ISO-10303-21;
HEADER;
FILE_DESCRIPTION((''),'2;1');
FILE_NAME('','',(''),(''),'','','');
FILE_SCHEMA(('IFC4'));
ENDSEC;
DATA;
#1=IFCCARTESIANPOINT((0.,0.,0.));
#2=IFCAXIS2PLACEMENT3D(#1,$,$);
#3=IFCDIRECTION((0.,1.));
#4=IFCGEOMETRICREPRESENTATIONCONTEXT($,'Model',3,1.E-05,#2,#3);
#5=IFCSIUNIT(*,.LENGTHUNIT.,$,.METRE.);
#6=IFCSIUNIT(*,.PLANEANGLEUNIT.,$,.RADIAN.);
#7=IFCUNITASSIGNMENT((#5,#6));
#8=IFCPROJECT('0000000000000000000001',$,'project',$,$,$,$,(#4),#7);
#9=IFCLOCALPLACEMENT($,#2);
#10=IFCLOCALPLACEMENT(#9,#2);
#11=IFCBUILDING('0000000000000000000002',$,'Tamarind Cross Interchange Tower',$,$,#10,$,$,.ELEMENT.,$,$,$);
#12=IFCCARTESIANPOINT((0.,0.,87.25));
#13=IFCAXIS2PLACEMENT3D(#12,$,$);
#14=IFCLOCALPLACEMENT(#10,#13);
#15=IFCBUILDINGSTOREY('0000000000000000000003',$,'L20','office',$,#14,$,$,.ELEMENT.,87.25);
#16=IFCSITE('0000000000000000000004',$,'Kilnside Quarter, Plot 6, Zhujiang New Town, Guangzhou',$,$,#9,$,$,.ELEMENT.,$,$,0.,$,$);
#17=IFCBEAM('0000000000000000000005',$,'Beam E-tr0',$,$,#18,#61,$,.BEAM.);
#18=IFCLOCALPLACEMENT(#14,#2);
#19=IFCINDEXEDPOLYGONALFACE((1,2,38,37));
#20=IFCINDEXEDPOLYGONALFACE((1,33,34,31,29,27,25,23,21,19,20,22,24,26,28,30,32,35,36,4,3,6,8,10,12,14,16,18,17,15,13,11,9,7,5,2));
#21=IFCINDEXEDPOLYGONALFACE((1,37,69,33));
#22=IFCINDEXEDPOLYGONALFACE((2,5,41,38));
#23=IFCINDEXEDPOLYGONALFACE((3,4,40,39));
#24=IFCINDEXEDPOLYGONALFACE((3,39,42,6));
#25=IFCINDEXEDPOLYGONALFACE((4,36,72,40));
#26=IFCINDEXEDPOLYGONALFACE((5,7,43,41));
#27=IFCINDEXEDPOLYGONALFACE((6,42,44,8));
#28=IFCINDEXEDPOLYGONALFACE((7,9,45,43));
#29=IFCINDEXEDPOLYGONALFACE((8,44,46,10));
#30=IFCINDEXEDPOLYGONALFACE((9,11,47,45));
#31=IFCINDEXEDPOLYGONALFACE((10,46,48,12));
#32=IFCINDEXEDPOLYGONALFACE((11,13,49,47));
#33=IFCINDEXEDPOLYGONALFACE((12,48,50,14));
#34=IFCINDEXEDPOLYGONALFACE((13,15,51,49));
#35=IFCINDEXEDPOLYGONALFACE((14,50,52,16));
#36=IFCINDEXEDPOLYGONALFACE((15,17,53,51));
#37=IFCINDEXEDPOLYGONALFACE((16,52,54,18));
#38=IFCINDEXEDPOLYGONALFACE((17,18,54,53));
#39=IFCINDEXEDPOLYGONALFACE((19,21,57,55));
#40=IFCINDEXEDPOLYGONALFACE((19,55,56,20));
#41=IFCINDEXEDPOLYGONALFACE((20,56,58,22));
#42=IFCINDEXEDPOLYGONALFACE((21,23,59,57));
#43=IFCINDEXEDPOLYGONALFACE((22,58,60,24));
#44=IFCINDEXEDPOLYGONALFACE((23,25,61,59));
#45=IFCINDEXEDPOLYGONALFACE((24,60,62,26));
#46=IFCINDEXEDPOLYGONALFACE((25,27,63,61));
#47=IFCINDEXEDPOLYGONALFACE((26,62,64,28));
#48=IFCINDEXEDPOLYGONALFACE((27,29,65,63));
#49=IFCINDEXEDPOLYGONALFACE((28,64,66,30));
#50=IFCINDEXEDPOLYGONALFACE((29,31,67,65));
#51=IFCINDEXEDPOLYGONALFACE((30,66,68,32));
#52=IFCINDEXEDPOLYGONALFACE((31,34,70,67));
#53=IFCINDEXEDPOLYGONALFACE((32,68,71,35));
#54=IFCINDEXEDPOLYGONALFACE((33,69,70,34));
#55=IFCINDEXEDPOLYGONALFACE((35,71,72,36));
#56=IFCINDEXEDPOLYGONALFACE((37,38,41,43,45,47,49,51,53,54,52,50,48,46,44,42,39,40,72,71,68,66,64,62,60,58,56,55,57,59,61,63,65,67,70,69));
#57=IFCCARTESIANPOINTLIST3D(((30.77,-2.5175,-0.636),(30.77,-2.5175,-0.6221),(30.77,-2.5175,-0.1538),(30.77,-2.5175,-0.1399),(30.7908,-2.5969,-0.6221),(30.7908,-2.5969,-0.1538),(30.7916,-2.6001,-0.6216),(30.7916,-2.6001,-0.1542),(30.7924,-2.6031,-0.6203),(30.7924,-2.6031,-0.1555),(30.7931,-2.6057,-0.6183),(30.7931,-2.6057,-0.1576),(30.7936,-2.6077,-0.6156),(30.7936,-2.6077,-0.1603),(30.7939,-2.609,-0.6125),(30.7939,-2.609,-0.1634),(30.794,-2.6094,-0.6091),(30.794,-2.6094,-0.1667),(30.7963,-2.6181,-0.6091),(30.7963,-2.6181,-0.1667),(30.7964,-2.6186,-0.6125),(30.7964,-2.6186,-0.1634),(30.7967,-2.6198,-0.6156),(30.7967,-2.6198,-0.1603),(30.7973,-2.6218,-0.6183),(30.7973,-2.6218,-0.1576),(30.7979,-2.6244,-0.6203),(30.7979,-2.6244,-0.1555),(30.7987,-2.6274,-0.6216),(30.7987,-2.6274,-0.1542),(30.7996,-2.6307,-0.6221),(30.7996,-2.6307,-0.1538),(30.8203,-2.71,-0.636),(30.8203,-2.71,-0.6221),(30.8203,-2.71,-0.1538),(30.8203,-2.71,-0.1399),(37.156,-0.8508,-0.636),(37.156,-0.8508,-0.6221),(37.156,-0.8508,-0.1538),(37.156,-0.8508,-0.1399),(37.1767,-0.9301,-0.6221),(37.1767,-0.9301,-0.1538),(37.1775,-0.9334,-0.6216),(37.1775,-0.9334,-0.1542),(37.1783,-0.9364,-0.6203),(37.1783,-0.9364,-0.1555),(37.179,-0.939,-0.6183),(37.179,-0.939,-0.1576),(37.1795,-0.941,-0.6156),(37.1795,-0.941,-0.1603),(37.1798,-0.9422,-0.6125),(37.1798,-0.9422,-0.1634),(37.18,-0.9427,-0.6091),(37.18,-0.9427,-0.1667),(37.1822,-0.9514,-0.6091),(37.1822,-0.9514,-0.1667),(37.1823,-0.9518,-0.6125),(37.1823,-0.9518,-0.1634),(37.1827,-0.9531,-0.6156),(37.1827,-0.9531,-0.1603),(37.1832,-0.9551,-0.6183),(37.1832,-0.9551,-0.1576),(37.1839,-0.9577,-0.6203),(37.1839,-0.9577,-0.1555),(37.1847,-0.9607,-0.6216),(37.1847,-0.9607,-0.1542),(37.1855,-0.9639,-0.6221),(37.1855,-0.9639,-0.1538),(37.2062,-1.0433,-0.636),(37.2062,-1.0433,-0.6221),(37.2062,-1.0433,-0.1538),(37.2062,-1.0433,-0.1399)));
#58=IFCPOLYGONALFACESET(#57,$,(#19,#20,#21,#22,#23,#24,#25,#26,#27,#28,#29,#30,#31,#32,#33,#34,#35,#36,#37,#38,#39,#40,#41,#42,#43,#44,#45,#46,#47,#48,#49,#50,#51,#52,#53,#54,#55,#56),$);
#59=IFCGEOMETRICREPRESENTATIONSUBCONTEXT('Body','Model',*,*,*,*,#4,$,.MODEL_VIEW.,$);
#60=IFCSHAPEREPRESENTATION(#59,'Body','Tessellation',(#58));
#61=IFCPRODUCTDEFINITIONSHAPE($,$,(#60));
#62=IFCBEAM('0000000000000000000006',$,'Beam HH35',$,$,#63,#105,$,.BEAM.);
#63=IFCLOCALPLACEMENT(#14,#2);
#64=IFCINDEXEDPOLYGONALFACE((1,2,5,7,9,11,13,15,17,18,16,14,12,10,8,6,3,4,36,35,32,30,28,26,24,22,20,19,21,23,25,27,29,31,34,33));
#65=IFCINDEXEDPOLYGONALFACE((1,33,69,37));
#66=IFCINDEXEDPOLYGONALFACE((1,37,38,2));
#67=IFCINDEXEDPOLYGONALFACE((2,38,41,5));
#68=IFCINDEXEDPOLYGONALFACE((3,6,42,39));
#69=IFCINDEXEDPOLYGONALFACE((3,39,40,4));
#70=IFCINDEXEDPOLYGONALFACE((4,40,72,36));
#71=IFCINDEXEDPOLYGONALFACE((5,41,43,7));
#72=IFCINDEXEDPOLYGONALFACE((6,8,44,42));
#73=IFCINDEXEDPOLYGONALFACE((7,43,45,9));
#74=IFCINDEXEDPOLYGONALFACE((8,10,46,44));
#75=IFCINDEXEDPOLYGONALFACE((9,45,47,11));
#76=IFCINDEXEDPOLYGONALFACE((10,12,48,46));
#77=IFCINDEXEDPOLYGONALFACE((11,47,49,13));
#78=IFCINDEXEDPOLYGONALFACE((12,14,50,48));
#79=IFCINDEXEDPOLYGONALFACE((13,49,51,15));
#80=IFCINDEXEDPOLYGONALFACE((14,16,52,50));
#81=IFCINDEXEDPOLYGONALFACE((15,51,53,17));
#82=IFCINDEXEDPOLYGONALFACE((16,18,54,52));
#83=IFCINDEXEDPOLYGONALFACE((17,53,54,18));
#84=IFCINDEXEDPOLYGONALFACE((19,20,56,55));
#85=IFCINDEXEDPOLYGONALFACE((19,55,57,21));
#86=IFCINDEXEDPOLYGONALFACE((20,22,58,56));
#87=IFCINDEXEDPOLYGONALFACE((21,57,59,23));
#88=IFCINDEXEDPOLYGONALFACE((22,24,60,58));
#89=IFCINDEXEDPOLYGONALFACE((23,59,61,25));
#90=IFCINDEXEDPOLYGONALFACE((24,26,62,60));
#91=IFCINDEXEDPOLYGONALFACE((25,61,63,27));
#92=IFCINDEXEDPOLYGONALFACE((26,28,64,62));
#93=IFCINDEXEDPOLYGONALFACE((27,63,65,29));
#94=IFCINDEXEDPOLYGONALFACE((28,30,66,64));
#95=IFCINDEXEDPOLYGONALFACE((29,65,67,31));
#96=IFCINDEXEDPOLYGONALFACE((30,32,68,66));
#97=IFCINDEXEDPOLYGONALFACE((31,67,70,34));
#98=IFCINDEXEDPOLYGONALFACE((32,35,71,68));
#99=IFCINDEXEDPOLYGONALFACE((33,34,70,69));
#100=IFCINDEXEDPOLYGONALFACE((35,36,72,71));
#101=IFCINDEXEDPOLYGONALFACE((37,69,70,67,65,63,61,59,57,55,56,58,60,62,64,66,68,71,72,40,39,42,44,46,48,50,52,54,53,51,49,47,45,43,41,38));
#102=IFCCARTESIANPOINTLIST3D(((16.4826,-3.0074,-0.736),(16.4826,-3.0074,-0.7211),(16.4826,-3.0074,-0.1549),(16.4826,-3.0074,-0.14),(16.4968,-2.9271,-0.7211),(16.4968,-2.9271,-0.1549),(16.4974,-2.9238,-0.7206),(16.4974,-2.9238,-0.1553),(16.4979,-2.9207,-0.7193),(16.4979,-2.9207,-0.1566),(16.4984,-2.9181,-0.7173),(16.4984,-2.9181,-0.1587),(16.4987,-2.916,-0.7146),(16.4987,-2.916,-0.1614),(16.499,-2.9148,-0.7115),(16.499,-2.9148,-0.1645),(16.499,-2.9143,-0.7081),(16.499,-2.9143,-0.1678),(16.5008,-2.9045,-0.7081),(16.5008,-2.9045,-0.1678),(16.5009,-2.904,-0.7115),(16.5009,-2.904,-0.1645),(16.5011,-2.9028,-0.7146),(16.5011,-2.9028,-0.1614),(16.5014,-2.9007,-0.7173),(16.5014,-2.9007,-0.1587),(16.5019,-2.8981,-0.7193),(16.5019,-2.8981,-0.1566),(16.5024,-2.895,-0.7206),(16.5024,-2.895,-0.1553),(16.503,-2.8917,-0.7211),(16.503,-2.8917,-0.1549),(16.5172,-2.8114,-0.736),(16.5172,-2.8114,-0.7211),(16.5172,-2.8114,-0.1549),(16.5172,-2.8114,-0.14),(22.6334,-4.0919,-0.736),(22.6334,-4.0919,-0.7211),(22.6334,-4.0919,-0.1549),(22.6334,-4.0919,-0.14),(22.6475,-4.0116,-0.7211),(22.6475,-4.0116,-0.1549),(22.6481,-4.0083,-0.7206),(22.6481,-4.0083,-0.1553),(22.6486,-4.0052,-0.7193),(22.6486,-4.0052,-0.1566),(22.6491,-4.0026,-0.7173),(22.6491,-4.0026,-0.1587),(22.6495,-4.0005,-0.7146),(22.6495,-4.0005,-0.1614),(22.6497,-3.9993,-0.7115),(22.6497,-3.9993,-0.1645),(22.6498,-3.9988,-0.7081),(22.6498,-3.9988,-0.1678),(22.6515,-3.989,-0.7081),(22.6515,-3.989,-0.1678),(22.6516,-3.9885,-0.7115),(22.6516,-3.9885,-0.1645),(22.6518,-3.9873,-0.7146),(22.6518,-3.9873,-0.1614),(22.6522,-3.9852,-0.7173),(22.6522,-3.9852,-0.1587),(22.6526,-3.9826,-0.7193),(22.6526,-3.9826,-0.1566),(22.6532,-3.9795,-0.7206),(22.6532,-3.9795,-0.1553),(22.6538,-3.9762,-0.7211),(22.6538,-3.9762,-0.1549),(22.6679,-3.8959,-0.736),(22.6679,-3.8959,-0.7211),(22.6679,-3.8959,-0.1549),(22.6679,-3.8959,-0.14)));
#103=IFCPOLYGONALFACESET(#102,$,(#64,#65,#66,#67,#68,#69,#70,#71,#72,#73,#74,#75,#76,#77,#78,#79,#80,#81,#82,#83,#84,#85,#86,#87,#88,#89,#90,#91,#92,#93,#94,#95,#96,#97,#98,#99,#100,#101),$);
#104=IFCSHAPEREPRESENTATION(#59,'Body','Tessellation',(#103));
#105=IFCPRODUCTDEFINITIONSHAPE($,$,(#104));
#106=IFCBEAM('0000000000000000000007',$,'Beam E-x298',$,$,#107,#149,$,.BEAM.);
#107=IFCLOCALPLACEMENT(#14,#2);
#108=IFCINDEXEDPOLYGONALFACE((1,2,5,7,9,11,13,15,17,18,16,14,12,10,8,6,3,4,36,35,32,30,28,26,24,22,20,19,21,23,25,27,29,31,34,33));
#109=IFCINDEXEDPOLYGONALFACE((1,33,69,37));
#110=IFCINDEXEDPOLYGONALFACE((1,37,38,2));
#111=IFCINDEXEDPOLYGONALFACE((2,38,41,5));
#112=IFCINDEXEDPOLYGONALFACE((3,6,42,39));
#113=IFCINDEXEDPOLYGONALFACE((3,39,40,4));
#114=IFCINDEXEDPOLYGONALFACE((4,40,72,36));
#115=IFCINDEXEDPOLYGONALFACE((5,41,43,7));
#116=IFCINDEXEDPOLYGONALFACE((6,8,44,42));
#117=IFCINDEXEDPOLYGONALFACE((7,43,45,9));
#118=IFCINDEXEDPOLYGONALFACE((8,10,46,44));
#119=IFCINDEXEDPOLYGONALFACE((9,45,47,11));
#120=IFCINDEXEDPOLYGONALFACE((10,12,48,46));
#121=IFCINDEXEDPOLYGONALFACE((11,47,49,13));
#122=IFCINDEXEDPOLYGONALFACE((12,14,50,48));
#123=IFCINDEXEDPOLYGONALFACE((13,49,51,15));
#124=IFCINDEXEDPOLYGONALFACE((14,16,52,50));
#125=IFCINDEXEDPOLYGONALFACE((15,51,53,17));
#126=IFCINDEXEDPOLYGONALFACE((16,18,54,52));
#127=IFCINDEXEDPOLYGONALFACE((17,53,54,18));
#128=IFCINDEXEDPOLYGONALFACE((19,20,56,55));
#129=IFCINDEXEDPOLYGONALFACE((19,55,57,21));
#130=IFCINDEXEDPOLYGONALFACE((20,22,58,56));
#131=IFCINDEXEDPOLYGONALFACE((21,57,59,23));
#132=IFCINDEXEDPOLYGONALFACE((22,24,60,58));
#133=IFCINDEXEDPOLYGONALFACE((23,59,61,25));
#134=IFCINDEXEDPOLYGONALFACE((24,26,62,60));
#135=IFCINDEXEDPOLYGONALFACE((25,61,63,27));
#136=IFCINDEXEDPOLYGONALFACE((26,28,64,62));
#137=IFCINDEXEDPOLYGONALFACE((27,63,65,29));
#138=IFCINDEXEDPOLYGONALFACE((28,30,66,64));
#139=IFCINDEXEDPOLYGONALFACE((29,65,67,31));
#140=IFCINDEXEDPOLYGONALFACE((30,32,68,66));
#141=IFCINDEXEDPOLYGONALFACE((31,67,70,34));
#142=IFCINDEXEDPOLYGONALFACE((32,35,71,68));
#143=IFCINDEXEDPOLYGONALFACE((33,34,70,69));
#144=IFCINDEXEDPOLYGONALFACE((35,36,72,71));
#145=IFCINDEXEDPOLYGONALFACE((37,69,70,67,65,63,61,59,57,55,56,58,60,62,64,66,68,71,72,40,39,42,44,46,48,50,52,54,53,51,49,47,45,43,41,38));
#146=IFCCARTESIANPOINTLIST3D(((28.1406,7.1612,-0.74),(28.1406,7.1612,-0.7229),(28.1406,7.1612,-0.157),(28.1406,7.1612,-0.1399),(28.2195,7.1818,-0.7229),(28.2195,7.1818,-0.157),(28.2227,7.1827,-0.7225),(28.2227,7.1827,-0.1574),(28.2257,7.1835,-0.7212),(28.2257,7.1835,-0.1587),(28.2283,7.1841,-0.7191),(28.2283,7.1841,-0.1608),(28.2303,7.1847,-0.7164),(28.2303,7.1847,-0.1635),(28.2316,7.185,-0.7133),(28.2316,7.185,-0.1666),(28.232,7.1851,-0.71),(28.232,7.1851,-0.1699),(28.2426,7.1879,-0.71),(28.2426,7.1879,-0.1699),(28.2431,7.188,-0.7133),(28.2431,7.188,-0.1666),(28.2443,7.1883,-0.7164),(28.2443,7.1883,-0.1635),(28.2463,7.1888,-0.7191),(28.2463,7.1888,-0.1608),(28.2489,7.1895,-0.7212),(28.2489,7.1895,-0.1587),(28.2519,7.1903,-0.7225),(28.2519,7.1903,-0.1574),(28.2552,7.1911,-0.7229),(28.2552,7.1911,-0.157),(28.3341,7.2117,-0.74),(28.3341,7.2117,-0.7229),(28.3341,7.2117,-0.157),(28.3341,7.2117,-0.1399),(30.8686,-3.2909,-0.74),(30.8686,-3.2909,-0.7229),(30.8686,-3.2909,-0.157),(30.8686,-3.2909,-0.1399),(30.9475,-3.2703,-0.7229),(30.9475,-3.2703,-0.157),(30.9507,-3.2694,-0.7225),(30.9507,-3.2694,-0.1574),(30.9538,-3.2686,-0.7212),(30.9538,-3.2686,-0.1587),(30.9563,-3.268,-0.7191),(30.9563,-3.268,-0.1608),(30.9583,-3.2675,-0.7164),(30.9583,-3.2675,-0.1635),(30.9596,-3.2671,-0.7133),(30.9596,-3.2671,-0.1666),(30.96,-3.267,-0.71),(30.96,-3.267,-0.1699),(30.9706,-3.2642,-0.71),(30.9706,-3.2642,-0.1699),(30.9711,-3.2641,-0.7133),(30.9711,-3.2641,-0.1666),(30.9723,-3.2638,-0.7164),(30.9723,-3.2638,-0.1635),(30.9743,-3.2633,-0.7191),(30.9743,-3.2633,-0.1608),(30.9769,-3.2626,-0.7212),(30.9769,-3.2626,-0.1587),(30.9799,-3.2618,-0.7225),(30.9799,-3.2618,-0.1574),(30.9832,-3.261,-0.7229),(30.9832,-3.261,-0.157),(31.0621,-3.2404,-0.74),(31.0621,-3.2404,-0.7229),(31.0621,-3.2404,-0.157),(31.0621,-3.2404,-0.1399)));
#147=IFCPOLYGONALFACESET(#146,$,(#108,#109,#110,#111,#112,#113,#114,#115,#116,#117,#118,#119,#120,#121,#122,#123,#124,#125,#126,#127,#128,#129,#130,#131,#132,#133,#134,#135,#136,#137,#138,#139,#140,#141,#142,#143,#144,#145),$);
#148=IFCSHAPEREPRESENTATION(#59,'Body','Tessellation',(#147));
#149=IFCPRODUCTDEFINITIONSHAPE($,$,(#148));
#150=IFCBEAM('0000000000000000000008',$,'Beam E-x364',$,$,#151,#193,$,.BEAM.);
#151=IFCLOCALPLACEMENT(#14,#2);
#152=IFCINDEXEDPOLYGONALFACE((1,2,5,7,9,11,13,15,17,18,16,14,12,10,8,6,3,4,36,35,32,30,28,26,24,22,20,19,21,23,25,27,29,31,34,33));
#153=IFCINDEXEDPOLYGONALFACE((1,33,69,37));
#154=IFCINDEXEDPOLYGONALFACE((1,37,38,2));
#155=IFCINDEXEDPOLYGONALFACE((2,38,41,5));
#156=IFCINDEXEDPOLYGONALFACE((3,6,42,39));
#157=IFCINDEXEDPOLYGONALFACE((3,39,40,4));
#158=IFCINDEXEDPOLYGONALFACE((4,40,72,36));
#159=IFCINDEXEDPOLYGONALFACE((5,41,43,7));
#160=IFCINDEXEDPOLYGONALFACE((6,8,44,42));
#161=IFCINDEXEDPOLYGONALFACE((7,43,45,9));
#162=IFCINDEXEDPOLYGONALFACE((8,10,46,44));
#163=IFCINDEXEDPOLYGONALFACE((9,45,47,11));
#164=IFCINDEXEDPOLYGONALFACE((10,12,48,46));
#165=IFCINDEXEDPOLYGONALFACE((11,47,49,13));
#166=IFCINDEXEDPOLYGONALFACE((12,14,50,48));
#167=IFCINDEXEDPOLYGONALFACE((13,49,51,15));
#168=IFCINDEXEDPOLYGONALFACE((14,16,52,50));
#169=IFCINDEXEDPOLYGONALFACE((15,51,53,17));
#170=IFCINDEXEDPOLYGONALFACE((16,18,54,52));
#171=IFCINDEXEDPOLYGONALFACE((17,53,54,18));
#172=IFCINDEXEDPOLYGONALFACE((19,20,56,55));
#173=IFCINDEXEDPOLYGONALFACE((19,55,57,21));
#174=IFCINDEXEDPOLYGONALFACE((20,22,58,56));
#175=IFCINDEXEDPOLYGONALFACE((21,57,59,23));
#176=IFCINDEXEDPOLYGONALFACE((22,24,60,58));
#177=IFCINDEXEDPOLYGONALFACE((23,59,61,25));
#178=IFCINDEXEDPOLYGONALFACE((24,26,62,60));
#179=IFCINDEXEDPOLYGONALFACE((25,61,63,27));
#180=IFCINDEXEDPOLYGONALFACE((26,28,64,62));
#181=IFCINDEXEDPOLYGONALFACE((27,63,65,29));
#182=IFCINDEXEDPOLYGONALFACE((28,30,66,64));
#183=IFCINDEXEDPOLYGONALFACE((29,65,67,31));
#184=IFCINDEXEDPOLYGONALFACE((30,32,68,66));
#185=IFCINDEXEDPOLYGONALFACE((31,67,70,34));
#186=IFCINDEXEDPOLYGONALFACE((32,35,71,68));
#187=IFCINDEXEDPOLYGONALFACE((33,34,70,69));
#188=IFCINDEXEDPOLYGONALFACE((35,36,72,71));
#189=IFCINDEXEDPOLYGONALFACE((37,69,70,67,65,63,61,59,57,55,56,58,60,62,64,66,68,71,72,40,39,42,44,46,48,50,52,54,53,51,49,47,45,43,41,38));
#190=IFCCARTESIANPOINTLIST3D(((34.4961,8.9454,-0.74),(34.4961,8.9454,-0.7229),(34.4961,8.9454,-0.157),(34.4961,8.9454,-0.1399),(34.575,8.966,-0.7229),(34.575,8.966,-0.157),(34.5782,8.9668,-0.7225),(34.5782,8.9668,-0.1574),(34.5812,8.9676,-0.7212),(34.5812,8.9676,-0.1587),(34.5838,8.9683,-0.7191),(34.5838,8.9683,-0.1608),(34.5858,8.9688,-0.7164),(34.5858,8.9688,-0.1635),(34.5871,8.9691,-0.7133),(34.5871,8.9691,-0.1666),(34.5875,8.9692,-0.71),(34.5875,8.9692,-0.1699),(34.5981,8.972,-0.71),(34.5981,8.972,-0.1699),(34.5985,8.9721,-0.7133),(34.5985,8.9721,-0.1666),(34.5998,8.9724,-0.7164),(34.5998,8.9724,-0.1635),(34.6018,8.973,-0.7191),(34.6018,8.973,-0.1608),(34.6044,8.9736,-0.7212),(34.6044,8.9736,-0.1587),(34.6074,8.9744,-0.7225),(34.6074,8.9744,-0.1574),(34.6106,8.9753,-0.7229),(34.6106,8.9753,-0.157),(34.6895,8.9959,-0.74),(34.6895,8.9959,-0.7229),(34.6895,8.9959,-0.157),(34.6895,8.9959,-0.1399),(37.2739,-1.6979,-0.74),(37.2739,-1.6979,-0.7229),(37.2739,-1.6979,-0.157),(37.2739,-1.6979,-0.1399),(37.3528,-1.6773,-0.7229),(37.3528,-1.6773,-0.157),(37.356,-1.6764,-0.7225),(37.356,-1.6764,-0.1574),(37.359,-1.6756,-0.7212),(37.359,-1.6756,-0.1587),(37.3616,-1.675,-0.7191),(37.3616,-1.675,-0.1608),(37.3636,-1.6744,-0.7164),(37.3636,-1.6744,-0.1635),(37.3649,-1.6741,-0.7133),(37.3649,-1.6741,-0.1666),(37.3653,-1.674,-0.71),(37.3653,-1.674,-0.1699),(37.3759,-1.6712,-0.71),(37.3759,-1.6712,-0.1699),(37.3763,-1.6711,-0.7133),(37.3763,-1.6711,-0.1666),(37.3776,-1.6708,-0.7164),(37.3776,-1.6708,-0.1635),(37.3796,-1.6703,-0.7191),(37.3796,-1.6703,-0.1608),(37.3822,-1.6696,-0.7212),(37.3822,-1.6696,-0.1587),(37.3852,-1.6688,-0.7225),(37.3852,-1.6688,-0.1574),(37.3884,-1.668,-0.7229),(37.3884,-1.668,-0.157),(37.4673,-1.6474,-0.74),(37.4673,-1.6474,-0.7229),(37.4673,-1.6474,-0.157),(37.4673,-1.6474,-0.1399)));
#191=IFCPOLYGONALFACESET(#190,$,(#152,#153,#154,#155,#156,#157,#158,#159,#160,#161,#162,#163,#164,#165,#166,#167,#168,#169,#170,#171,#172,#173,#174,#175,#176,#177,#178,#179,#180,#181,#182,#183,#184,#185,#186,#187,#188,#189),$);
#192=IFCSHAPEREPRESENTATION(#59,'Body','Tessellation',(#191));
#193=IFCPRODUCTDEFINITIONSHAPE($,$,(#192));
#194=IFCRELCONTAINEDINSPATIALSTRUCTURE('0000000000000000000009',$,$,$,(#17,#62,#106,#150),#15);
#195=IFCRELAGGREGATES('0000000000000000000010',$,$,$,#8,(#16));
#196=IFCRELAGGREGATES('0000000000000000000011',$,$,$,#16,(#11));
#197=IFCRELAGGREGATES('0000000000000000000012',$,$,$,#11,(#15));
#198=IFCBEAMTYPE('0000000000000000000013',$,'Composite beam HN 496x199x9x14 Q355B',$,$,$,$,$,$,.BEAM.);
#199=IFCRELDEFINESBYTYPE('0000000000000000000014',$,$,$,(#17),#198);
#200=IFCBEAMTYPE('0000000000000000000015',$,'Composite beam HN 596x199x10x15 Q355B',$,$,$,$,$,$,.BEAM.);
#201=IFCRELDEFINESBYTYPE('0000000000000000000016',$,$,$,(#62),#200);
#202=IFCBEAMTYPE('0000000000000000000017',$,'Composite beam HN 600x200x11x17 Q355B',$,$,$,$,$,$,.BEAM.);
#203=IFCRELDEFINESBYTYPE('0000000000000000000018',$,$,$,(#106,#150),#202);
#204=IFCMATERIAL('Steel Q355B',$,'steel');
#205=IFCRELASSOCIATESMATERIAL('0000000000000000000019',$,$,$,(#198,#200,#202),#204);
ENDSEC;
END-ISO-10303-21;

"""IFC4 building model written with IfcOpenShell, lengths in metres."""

from ifc_helpers import new_model, si_unit, direction, frame, origin, origin_2d, place, context, subcontext, project, spatial, i_section, extrude, material, material_profile, profile_set, type_object, element, save


model = new_model("IFC4")

# Units and contexts
model_context = context("Model", 3, precision=1e-05, world=origin(), true_north=direction((0.0, 1.0)))
body_context = subcontext(model_context, "Body", "Model", "MODEL_VIEW")
ifc_project = project(units=[si_unit("LENGTHUNIT", "METRE"), si_unit("PLANEANGLEUNIT", "RADIAN")], contexts=[model_context])

# Site, building, storey
site_placement = place(None, origin())
site = spatial("IfcSite", under=ifc_project, at=site_placement, Name="Kilnside Quarter, Plot 6, Zhujiang New Town, Guangzhou", CompositionType="ELEMENT", RefElevation=0.0)
building_placement = place(site_placement, origin())
building = spatial("IfcBuilding", under=site, at=building_placement, Name="Tamarind Cross Interchange Tower", CompositionType="ELEMENT")
storey_placement = place(building_placement, frame((0.0, 0.0, 87.25)))
storey = spatial("IfcBuildingStorey", under=building, at=storey_placement, Name="L20", Description="office", CompositionType="ELEMENT", Elevation=87.25)

# Beams
ifc_material_1 = material(Name="Steel Q355B", Category="steel")
ifc_material_profile_1 = material_profile(ifc_material_1, i_section(OverallWidth=0.199, OverallDepth=0.4961, WebThickness=0.009, FlangeThickness=0.0139, FilletRadius=0.0129, at=origin_2d()), Name="HN 496x199x9x14")
ifc_profile_set_1 = profile_set([ifc_material_profile_1], Name="Steel Q355B")
beam_type_1 = type_object("IfcBeamType", Name="Composite beam HN 496x199x9x14 Q355B", PredefinedType="BEAM", material=ifc_profile_set_1)
beam_1_placement = place(storey_placement, frame((30.7952, -2.6138, -0.3879), z_axis=(0.967586, 0.252541, 0.0), x_axis=(-0.252541, 0.967586, 0.0)))
element("IfcBeam", 1, at=beam_1_placement, inside=storey, type_object=beam_type_1, Name="Beam E-tr0", PredefinedType="BEAM", context=body_context, shape_type="SweptSolid", body=[
    extrude(i_section(OverallWidth=0.199, OverallDepth=0.4961, WebThickness=0.009, FlangeThickness=0.0139, FilletRadius=0.0129, at=origin_2d()), origin(), (0.0, 0.0, 1.0), 6.5999),
])
ifc_material_profile_2 = material_profile(ifc_material_1, i_section(OverallWidth=0.199, OverallDepth=0.5959, WebThickness=0.01, FlangeThickness=0.0149, FilletRadius=0.0129, at=origin_2d()), Name="HN 596x199x10x15")
ifc_profile_set_2 = profile_set([ifc_material_profile_2], Name="Steel Q355B")
beam_type_2 = type_object("IfcBeamType", Name="Composite beam HN 596x199x10x15 Q355B", PredefinedType="BEAM", material=ifc_profile_set_2)
beam_2_placement = place(storey_placement, frame((22.6506, -3.9939, -0.438), z_axis=(-0.984809, 0.17364, 0.0), x_axis=(-0.17364, -0.984809, 0.0)))
element("IfcBeam", 2, at=beam_2_placement, inside=storey, type_object=beam_type_2, Name="Beam HH35", PredefinedType="BEAM", context=body_context, shape_type="SweptSolid", body=[
    extrude(i_section(OverallWidth=0.199, OverallDepth=0.5959, WebThickness=0.01, FlangeThickness=0.0149, FilletRadius=0.0129, at=origin_2d()), origin(), (0.0, 0.0, 1.0), 6.2456),
])
ifc_material_profile_3 = material_profile(ifc_material_1, i_section(OverallWidth=0.2, OverallDepth=0.6001, WebThickness=0.011, FlangeThickness=0.0171, FilletRadius=0.0129, at=origin_2d()), Name="HN 600x200x11x17")
ifc_profile_set_3 = profile_set([ifc_material_profile_3], Name="Steel Q355B")
beam_type_3 = type_object("IfcBeamType", Name="Composite beam HN 600x200x11x17 Q355B", PredefinedType="BEAM", material=ifc_profile_set_3)
beam_3_placement = place(storey_placement, frame((30.9653, -3.2656, -0.4399), z_axis=(-0.252541, 0.967586, 0.0), x_axis=(-0.967586, -0.252541, 0.0)))
element("IfcBeam", 3, at=beam_3_placement, inside=storey, type_object=beam_type_3, Name="Beam E-x298", PredefinedType="BEAM", context=body_context, shape_type="SweptSolid", body=[
    extrude(i_section(OverallWidth=0.2, OverallDepth=0.6001, WebThickness=0.011, FlangeThickness=0.0171, FilletRadius=0.0129, at=origin_2d()), origin(), (0.0, 0.0, 1.0), 10.8022),
])
for number, where, z_axis, x_axis, name in (
    (4, (37.3706, -1.6726, -0.4399), (-0.252534, 0.967588, 0.0), (-0.967588, -0.252534, 0.0), "Beam E-x364"),
):
    element("IfcBeam", number, at=place(storey_placement, frame(where, z_axis=z_axis, x_axis=x_axis)), inside=storey, type_object=beam_type_3, Name=name, PredefinedType="BEAM", context=body_context, shape_type="SweptSolid", body=[
        extrude(i_section(OverallWidth=0.2, OverallDepth=0.6001, WebThickness=0.011, FlangeThickness=0.0171, FilletRadius=0.0129, at=origin_2d()), origin(), (0.0, 0.0, 1.0), 10.9998),
    ])

save(model, "model.ifc")
